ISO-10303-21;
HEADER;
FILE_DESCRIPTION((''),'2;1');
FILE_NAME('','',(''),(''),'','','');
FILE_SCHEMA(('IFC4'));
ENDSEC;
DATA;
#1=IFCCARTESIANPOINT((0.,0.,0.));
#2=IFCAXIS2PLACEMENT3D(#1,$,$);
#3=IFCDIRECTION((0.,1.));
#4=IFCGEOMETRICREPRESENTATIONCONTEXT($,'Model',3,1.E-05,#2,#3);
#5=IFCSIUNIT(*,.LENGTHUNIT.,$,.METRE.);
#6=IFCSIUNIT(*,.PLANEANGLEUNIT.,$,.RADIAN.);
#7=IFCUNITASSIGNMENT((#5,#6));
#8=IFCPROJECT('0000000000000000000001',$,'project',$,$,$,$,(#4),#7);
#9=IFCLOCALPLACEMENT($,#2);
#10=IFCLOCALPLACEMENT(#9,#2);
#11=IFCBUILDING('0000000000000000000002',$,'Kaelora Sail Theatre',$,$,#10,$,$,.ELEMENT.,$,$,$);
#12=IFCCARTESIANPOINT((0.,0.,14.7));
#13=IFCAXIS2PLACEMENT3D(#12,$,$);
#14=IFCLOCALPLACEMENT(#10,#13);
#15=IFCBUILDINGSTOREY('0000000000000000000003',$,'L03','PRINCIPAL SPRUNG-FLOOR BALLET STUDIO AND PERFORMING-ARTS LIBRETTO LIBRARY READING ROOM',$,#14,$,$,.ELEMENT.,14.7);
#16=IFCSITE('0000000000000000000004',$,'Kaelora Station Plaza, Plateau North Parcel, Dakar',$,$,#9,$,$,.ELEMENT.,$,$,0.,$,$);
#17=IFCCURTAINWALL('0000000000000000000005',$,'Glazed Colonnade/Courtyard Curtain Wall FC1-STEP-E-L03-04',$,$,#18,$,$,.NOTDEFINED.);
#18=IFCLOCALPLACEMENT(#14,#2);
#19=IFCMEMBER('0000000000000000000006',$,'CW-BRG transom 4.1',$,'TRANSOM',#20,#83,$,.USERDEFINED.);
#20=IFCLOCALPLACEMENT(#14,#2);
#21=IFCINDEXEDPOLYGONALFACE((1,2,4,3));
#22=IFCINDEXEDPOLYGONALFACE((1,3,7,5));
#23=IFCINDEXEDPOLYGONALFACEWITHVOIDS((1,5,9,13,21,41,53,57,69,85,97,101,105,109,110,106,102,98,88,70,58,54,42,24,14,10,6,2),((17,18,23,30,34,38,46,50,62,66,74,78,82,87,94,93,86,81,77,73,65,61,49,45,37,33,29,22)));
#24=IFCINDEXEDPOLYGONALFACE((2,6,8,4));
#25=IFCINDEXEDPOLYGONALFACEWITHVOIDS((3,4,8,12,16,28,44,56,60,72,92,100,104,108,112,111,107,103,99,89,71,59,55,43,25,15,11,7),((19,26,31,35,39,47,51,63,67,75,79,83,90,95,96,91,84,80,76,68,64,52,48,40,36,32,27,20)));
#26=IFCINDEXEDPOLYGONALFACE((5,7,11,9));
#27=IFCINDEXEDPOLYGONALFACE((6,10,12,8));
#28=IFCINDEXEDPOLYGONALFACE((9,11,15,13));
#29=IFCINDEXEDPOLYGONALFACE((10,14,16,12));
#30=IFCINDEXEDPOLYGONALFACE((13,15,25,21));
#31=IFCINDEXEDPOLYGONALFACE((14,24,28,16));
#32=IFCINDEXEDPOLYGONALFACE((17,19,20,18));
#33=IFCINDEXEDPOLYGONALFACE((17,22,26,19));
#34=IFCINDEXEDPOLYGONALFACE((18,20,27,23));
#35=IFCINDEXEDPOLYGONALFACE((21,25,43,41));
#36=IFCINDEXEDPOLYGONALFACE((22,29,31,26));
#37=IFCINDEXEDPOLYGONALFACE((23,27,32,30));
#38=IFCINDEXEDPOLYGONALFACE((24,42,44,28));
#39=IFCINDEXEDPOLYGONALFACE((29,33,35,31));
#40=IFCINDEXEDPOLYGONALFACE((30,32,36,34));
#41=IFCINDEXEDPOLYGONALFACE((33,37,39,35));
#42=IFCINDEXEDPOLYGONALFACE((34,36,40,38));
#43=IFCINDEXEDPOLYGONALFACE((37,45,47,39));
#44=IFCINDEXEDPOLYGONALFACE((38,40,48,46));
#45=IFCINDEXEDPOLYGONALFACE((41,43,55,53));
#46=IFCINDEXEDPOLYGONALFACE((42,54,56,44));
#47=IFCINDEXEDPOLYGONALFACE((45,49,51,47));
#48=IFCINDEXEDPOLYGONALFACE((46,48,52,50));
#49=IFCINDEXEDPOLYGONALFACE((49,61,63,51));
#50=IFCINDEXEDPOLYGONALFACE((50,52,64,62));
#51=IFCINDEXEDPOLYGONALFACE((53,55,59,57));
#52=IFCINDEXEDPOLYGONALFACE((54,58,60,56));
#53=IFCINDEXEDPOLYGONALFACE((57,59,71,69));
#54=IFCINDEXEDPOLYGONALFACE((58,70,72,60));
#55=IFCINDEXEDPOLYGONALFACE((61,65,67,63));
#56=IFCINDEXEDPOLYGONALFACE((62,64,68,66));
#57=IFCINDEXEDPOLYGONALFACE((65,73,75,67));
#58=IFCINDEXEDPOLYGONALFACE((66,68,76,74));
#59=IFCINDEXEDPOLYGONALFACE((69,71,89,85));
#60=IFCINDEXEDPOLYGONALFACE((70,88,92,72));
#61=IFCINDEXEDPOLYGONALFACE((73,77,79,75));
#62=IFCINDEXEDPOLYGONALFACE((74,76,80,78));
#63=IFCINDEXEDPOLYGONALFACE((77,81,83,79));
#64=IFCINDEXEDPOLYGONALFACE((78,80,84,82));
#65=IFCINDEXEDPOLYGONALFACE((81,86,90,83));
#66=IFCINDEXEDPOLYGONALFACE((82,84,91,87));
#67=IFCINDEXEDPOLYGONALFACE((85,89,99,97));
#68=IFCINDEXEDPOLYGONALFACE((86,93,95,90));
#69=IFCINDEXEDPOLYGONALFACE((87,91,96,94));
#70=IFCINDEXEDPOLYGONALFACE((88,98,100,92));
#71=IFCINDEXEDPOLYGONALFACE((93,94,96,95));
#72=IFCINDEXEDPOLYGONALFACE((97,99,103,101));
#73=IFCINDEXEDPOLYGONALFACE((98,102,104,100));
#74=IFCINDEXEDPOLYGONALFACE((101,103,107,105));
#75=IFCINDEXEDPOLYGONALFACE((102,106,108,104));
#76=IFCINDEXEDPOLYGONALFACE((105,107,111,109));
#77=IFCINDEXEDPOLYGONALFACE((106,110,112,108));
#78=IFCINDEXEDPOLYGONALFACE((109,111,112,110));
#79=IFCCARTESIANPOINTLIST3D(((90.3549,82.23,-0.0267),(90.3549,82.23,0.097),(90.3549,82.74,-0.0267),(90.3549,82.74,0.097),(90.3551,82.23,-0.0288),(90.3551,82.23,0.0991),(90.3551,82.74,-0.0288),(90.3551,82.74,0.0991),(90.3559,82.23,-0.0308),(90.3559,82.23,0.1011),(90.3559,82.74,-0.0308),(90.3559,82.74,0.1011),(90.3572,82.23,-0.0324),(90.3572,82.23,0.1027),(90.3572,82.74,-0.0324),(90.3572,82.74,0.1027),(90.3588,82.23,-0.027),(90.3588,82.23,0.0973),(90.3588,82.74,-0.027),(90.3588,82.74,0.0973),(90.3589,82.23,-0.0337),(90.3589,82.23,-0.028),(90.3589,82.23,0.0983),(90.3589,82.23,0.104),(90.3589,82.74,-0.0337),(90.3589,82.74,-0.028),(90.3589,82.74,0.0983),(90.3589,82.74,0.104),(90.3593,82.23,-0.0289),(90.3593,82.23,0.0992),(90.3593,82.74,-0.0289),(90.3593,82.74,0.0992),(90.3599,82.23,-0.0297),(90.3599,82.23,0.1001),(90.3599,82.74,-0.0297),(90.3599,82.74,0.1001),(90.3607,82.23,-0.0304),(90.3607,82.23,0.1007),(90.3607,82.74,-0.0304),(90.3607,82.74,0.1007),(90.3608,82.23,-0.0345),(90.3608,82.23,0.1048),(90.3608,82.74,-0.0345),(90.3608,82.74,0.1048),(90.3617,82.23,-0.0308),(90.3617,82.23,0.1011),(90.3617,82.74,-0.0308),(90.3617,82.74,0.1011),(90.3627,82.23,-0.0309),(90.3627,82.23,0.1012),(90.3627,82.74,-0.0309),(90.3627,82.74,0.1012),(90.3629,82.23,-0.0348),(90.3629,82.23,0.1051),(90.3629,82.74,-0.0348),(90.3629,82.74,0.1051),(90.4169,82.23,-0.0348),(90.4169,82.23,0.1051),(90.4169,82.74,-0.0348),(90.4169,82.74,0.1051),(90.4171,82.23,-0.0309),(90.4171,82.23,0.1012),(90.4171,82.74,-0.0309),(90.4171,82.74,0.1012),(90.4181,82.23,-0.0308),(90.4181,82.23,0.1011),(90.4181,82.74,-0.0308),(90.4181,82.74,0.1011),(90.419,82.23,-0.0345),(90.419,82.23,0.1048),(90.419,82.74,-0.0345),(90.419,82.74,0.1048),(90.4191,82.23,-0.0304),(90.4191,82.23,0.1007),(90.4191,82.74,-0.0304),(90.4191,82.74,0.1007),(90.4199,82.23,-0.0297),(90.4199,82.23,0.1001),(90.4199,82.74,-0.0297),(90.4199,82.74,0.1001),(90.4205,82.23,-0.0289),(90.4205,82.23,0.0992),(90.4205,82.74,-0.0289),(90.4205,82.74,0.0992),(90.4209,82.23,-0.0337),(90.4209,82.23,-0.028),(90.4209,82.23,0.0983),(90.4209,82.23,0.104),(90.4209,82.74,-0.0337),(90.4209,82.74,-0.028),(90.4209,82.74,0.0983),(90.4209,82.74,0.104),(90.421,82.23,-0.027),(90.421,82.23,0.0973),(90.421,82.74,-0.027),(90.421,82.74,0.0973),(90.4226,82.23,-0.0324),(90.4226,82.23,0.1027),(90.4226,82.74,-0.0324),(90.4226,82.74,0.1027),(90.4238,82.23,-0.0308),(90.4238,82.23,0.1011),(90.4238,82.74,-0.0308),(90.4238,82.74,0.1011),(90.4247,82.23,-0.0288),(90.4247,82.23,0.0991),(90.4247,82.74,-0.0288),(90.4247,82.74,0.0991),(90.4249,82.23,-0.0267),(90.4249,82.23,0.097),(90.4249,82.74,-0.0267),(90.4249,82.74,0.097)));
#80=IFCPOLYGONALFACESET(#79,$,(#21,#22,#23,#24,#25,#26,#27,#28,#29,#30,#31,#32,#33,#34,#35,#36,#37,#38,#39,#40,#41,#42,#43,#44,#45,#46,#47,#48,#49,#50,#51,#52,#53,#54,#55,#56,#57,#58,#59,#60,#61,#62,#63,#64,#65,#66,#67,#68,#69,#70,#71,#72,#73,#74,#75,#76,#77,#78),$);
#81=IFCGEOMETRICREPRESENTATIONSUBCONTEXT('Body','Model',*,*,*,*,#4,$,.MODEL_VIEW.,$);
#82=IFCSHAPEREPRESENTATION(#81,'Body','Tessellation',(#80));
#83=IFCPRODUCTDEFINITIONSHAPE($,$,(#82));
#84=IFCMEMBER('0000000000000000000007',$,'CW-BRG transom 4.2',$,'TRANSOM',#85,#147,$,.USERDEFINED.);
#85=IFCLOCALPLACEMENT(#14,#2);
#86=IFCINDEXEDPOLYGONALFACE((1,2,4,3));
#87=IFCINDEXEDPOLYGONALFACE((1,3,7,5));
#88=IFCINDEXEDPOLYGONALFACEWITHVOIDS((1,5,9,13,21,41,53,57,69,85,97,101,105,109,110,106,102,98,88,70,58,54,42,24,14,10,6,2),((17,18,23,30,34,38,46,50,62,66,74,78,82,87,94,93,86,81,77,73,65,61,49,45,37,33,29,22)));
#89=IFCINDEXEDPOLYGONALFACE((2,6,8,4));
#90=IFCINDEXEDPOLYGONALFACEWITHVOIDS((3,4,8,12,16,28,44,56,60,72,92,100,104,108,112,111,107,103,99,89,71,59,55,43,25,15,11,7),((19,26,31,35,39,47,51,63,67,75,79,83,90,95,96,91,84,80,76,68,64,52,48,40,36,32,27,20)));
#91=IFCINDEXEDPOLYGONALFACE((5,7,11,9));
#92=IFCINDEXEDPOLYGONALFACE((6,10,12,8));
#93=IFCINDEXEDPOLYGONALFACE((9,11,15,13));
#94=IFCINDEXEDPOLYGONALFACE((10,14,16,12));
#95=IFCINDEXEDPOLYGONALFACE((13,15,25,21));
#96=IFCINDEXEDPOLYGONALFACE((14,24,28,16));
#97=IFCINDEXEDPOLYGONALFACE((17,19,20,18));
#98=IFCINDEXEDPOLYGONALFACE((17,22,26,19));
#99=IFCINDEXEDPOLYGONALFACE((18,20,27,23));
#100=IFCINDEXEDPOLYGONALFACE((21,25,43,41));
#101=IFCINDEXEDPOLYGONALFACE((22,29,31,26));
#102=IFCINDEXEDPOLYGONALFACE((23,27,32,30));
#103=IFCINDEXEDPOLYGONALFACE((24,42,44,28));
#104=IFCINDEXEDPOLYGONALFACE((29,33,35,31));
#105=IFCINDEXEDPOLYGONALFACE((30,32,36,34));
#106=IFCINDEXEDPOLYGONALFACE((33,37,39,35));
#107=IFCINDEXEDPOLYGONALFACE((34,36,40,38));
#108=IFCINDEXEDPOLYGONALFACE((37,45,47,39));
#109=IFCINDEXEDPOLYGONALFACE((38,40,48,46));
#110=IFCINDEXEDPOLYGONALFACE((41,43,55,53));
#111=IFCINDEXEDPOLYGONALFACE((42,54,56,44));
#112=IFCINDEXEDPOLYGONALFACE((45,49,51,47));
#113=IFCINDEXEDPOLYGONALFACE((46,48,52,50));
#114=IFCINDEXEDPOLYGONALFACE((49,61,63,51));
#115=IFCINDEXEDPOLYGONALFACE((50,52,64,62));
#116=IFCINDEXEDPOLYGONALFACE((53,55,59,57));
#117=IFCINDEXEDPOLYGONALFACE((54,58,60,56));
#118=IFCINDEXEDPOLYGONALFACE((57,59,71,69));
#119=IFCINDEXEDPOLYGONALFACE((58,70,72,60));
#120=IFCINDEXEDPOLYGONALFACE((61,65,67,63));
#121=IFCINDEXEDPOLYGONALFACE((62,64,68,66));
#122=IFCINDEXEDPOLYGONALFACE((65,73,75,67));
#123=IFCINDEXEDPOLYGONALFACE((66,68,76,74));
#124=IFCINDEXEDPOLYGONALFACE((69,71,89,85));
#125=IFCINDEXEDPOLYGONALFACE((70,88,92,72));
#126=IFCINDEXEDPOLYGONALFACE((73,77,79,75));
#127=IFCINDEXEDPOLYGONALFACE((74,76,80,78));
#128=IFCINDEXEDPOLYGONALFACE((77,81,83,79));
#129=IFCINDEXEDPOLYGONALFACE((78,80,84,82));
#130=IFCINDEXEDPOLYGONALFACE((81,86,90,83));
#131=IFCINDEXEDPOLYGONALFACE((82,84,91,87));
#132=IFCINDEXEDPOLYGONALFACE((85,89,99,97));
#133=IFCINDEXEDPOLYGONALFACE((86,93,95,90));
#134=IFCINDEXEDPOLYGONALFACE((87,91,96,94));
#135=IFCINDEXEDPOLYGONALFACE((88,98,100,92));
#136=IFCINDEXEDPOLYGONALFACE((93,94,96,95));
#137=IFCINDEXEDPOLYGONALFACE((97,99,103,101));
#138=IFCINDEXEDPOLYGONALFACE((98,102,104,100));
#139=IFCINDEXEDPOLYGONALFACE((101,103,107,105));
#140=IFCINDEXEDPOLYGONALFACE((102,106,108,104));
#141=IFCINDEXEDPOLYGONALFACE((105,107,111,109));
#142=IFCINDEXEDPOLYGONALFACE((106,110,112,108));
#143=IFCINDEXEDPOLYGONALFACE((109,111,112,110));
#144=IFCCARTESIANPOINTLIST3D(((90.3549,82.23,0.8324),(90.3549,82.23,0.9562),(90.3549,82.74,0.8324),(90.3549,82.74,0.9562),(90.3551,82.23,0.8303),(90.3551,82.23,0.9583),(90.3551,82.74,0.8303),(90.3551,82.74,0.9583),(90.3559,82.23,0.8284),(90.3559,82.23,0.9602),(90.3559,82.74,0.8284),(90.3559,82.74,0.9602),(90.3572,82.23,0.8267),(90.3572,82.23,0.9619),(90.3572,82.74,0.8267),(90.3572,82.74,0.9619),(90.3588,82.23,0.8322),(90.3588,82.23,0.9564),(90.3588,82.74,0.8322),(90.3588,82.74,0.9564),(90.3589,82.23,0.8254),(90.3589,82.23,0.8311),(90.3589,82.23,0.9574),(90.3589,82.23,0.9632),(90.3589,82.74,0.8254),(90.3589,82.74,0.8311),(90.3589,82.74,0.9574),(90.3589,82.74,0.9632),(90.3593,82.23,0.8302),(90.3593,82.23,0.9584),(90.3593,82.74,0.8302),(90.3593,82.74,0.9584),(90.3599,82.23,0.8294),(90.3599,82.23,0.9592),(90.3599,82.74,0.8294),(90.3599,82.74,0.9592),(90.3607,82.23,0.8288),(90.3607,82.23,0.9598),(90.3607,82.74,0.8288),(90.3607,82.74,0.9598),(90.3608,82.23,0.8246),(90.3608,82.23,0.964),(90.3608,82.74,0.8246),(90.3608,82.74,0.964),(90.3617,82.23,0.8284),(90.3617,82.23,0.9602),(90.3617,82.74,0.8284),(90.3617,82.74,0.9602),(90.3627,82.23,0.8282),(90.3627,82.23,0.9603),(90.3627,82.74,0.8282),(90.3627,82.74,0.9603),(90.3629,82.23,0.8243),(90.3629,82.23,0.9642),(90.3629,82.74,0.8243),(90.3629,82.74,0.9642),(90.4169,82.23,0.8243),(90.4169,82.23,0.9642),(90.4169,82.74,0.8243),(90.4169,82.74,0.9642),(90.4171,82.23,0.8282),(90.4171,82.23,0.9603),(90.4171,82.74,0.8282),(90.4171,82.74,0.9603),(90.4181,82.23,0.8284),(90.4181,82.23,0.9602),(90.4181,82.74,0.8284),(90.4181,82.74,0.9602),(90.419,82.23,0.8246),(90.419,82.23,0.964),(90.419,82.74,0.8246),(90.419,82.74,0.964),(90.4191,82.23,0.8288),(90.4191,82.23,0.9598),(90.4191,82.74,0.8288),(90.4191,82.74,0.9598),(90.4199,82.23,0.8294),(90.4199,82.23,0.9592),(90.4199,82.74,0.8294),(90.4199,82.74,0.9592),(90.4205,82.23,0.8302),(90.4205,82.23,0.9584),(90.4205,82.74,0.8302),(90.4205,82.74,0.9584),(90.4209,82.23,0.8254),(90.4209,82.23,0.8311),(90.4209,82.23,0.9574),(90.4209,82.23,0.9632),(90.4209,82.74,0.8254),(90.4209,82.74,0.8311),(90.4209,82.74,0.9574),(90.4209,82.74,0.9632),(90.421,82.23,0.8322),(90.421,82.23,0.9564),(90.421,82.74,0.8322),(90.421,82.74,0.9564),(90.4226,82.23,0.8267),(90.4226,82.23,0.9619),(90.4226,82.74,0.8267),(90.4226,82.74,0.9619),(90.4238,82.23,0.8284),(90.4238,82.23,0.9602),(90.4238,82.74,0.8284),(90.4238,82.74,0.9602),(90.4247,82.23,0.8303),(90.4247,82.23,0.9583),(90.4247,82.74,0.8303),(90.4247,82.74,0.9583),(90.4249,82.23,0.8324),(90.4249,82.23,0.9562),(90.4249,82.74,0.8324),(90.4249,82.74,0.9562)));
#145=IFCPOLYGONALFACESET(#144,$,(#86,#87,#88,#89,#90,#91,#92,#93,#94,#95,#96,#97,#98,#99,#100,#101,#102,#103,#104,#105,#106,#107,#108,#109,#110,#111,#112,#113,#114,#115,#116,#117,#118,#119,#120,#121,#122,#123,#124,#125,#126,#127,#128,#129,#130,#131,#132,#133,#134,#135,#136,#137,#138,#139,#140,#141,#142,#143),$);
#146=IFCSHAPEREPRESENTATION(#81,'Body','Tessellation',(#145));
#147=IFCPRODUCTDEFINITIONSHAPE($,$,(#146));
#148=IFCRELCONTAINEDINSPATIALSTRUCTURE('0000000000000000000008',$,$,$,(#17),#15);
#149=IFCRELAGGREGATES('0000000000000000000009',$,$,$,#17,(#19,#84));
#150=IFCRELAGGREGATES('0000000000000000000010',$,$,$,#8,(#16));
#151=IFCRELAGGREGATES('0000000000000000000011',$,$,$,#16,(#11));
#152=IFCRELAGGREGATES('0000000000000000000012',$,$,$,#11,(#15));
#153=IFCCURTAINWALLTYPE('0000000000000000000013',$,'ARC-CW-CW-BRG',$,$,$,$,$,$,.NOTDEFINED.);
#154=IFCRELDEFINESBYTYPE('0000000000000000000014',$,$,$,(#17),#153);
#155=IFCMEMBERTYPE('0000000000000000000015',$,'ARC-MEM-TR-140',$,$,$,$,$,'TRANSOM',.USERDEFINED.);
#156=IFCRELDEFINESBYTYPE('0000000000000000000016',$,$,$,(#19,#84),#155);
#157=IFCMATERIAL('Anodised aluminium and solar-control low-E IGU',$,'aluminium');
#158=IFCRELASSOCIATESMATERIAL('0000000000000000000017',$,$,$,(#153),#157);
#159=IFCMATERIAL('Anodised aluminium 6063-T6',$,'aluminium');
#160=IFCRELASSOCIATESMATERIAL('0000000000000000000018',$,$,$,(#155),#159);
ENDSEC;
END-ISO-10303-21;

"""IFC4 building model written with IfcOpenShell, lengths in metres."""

from ifc_helpers import new_model, si_unit, direction, frame, origin, origin_2d, place, context, subcontext, project, spatial, hollow_rectangle, extrude, material, material_profile, profile_set, type_object, element, aggregate, save


model = new_model("IFC4")

# Units and contexts
model_context = context("Model", 3, precision=1e-05, world=origin(), true_north=direction((0.0, 1.0)))
body_context = subcontext(model_context, "Body", "Model", "MODEL_VIEW")
ifc_project = project(units=[si_unit("LENGTHUNIT", "METRE"), si_unit("PLANEANGLEUNIT", "RADIAN")], contexts=[model_context])

# Site, building, storey
site_placement = place(None, origin())
site = spatial("IfcSite", under=ifc_project, at=site_placement, Name="Kaelora Station Plaza, Plateau North Parcel, Dakar", CompositionType="ELEMENT", RefElevation=0.0)
building_placement = place(site_placement, origin())
building = spatial("IfcBuilding", under=site, at=building_placement, Name="Kaelora Sail Theatre", CompositionType="ELEMENT")
storey_placement = place(building_placement, frame((0.0, 0.0, 14.7)))
storey = spatial("IfcBuildingStorey", under=building, at=storey_placement, Name="L03", Description="PRINCIPAL SPRUNG-FLOOR BALLET STUDIO AND PERFORMING-ARTS LIBRETTO LIBRARY READING ROOM", CompositionType="ELEMENT", Elevation=14.7)

# Curtain wall, members
ifc_material_1 = material(Name="Anodised aluminium and solar-control low-E IGU", Category="aluminium")
curtain_wall_type = type_object("IfcCurtainWallType", Name="ARC-CW-CW-BRG", PredefinedType="NOTDEFINED", material=ifc_material_1)
curtain_wall_placement = place(storey_placement, origin())
curtain_wall = element("IfcCurtainWall", 1, at=curtain_wall_placement, inside=storey, type_object=curtain_wall_type, Name="Glazed Colonnade/Courtyard Curtain Wall FC1-STEP-E-L03-04", PredefinedType="NOTDEFINED")
ifc_material_2 = material(Name="Anodised aluminium 6063-T6", Category="aluminium")
ifc_material_profile_1 = material_profile(ifc_material_2, hollow_rectangle(XDim=0.0701, YDim=0.1399, WallThickness=0.0039, InnerFilletRadius=0.0039, OuterFilletRadius=0.0081, at=origin_2d()), Name="ALU-TRAN 70x140x4")
ifc_profile_set_1 = profile_set([ifc_material_profile_1], Name="Anodised aluminium 6063-T6")
member_type_1 = type_object("IfcMemberType", Name="ARC-MEM-TR-140", ElementType="TRANSOM", PredefinedType="USERDEFINED", material=ifc_profile_set_1)
member_1_placement = place(storey_placement, frame((90.3899, 82.23, 0.0352), z_axis=(0.0, 1.0, 0.0), x_axis=(-1.0, 0.0, 0.0)))
member_1 = element("IfcMember", 2, at=member_1_placement, type_object=member_type_1, Name="CW-BRG transom 4.1", ObjectType="TRANSOM", PredefinedType="USERDEFINED", context=body_context, shape_type="SweptSolid", body=[
    extrude(hollow_rectangle(XDim=0.0701, YDim=0.1399, WallThickness=0.0039, InnerFilletRadius=0.0039, OuterFilletRadius=0.0081, at=origin_2d()), origin(), (0.0, 0.0, 1.0), 0.51),
])
member_2_placement = place(storey_placement, frame((90.3899, 82.23, 0.8943), z_axis=(0.0, 1.0, 0.0), x_axis=(-1.0, 0.0, 0.0)))
member_2 = element("IfcMember", 3, at=member_2_placement, type_object=member_type_1, Name="CW-BRG transom 4.2", ObjectType="TRANSOM", PredefinedType="USERDEFINED", context=body_context, shape_type="SweptSolid", body=[
    extrude(hollow_rectangle(XDim=0.0701, YDim=0.1399, WallThickness=0.0039, InnerFilletRadius=0.0039, OuterFilletRadius=0.0081, at=origin_2d()), origin(), (0.0, 0.0, 1.0), 0.51),
])

aggregate(curtain_wall, [member_1, member_2])

save(model, "model.ifc")
